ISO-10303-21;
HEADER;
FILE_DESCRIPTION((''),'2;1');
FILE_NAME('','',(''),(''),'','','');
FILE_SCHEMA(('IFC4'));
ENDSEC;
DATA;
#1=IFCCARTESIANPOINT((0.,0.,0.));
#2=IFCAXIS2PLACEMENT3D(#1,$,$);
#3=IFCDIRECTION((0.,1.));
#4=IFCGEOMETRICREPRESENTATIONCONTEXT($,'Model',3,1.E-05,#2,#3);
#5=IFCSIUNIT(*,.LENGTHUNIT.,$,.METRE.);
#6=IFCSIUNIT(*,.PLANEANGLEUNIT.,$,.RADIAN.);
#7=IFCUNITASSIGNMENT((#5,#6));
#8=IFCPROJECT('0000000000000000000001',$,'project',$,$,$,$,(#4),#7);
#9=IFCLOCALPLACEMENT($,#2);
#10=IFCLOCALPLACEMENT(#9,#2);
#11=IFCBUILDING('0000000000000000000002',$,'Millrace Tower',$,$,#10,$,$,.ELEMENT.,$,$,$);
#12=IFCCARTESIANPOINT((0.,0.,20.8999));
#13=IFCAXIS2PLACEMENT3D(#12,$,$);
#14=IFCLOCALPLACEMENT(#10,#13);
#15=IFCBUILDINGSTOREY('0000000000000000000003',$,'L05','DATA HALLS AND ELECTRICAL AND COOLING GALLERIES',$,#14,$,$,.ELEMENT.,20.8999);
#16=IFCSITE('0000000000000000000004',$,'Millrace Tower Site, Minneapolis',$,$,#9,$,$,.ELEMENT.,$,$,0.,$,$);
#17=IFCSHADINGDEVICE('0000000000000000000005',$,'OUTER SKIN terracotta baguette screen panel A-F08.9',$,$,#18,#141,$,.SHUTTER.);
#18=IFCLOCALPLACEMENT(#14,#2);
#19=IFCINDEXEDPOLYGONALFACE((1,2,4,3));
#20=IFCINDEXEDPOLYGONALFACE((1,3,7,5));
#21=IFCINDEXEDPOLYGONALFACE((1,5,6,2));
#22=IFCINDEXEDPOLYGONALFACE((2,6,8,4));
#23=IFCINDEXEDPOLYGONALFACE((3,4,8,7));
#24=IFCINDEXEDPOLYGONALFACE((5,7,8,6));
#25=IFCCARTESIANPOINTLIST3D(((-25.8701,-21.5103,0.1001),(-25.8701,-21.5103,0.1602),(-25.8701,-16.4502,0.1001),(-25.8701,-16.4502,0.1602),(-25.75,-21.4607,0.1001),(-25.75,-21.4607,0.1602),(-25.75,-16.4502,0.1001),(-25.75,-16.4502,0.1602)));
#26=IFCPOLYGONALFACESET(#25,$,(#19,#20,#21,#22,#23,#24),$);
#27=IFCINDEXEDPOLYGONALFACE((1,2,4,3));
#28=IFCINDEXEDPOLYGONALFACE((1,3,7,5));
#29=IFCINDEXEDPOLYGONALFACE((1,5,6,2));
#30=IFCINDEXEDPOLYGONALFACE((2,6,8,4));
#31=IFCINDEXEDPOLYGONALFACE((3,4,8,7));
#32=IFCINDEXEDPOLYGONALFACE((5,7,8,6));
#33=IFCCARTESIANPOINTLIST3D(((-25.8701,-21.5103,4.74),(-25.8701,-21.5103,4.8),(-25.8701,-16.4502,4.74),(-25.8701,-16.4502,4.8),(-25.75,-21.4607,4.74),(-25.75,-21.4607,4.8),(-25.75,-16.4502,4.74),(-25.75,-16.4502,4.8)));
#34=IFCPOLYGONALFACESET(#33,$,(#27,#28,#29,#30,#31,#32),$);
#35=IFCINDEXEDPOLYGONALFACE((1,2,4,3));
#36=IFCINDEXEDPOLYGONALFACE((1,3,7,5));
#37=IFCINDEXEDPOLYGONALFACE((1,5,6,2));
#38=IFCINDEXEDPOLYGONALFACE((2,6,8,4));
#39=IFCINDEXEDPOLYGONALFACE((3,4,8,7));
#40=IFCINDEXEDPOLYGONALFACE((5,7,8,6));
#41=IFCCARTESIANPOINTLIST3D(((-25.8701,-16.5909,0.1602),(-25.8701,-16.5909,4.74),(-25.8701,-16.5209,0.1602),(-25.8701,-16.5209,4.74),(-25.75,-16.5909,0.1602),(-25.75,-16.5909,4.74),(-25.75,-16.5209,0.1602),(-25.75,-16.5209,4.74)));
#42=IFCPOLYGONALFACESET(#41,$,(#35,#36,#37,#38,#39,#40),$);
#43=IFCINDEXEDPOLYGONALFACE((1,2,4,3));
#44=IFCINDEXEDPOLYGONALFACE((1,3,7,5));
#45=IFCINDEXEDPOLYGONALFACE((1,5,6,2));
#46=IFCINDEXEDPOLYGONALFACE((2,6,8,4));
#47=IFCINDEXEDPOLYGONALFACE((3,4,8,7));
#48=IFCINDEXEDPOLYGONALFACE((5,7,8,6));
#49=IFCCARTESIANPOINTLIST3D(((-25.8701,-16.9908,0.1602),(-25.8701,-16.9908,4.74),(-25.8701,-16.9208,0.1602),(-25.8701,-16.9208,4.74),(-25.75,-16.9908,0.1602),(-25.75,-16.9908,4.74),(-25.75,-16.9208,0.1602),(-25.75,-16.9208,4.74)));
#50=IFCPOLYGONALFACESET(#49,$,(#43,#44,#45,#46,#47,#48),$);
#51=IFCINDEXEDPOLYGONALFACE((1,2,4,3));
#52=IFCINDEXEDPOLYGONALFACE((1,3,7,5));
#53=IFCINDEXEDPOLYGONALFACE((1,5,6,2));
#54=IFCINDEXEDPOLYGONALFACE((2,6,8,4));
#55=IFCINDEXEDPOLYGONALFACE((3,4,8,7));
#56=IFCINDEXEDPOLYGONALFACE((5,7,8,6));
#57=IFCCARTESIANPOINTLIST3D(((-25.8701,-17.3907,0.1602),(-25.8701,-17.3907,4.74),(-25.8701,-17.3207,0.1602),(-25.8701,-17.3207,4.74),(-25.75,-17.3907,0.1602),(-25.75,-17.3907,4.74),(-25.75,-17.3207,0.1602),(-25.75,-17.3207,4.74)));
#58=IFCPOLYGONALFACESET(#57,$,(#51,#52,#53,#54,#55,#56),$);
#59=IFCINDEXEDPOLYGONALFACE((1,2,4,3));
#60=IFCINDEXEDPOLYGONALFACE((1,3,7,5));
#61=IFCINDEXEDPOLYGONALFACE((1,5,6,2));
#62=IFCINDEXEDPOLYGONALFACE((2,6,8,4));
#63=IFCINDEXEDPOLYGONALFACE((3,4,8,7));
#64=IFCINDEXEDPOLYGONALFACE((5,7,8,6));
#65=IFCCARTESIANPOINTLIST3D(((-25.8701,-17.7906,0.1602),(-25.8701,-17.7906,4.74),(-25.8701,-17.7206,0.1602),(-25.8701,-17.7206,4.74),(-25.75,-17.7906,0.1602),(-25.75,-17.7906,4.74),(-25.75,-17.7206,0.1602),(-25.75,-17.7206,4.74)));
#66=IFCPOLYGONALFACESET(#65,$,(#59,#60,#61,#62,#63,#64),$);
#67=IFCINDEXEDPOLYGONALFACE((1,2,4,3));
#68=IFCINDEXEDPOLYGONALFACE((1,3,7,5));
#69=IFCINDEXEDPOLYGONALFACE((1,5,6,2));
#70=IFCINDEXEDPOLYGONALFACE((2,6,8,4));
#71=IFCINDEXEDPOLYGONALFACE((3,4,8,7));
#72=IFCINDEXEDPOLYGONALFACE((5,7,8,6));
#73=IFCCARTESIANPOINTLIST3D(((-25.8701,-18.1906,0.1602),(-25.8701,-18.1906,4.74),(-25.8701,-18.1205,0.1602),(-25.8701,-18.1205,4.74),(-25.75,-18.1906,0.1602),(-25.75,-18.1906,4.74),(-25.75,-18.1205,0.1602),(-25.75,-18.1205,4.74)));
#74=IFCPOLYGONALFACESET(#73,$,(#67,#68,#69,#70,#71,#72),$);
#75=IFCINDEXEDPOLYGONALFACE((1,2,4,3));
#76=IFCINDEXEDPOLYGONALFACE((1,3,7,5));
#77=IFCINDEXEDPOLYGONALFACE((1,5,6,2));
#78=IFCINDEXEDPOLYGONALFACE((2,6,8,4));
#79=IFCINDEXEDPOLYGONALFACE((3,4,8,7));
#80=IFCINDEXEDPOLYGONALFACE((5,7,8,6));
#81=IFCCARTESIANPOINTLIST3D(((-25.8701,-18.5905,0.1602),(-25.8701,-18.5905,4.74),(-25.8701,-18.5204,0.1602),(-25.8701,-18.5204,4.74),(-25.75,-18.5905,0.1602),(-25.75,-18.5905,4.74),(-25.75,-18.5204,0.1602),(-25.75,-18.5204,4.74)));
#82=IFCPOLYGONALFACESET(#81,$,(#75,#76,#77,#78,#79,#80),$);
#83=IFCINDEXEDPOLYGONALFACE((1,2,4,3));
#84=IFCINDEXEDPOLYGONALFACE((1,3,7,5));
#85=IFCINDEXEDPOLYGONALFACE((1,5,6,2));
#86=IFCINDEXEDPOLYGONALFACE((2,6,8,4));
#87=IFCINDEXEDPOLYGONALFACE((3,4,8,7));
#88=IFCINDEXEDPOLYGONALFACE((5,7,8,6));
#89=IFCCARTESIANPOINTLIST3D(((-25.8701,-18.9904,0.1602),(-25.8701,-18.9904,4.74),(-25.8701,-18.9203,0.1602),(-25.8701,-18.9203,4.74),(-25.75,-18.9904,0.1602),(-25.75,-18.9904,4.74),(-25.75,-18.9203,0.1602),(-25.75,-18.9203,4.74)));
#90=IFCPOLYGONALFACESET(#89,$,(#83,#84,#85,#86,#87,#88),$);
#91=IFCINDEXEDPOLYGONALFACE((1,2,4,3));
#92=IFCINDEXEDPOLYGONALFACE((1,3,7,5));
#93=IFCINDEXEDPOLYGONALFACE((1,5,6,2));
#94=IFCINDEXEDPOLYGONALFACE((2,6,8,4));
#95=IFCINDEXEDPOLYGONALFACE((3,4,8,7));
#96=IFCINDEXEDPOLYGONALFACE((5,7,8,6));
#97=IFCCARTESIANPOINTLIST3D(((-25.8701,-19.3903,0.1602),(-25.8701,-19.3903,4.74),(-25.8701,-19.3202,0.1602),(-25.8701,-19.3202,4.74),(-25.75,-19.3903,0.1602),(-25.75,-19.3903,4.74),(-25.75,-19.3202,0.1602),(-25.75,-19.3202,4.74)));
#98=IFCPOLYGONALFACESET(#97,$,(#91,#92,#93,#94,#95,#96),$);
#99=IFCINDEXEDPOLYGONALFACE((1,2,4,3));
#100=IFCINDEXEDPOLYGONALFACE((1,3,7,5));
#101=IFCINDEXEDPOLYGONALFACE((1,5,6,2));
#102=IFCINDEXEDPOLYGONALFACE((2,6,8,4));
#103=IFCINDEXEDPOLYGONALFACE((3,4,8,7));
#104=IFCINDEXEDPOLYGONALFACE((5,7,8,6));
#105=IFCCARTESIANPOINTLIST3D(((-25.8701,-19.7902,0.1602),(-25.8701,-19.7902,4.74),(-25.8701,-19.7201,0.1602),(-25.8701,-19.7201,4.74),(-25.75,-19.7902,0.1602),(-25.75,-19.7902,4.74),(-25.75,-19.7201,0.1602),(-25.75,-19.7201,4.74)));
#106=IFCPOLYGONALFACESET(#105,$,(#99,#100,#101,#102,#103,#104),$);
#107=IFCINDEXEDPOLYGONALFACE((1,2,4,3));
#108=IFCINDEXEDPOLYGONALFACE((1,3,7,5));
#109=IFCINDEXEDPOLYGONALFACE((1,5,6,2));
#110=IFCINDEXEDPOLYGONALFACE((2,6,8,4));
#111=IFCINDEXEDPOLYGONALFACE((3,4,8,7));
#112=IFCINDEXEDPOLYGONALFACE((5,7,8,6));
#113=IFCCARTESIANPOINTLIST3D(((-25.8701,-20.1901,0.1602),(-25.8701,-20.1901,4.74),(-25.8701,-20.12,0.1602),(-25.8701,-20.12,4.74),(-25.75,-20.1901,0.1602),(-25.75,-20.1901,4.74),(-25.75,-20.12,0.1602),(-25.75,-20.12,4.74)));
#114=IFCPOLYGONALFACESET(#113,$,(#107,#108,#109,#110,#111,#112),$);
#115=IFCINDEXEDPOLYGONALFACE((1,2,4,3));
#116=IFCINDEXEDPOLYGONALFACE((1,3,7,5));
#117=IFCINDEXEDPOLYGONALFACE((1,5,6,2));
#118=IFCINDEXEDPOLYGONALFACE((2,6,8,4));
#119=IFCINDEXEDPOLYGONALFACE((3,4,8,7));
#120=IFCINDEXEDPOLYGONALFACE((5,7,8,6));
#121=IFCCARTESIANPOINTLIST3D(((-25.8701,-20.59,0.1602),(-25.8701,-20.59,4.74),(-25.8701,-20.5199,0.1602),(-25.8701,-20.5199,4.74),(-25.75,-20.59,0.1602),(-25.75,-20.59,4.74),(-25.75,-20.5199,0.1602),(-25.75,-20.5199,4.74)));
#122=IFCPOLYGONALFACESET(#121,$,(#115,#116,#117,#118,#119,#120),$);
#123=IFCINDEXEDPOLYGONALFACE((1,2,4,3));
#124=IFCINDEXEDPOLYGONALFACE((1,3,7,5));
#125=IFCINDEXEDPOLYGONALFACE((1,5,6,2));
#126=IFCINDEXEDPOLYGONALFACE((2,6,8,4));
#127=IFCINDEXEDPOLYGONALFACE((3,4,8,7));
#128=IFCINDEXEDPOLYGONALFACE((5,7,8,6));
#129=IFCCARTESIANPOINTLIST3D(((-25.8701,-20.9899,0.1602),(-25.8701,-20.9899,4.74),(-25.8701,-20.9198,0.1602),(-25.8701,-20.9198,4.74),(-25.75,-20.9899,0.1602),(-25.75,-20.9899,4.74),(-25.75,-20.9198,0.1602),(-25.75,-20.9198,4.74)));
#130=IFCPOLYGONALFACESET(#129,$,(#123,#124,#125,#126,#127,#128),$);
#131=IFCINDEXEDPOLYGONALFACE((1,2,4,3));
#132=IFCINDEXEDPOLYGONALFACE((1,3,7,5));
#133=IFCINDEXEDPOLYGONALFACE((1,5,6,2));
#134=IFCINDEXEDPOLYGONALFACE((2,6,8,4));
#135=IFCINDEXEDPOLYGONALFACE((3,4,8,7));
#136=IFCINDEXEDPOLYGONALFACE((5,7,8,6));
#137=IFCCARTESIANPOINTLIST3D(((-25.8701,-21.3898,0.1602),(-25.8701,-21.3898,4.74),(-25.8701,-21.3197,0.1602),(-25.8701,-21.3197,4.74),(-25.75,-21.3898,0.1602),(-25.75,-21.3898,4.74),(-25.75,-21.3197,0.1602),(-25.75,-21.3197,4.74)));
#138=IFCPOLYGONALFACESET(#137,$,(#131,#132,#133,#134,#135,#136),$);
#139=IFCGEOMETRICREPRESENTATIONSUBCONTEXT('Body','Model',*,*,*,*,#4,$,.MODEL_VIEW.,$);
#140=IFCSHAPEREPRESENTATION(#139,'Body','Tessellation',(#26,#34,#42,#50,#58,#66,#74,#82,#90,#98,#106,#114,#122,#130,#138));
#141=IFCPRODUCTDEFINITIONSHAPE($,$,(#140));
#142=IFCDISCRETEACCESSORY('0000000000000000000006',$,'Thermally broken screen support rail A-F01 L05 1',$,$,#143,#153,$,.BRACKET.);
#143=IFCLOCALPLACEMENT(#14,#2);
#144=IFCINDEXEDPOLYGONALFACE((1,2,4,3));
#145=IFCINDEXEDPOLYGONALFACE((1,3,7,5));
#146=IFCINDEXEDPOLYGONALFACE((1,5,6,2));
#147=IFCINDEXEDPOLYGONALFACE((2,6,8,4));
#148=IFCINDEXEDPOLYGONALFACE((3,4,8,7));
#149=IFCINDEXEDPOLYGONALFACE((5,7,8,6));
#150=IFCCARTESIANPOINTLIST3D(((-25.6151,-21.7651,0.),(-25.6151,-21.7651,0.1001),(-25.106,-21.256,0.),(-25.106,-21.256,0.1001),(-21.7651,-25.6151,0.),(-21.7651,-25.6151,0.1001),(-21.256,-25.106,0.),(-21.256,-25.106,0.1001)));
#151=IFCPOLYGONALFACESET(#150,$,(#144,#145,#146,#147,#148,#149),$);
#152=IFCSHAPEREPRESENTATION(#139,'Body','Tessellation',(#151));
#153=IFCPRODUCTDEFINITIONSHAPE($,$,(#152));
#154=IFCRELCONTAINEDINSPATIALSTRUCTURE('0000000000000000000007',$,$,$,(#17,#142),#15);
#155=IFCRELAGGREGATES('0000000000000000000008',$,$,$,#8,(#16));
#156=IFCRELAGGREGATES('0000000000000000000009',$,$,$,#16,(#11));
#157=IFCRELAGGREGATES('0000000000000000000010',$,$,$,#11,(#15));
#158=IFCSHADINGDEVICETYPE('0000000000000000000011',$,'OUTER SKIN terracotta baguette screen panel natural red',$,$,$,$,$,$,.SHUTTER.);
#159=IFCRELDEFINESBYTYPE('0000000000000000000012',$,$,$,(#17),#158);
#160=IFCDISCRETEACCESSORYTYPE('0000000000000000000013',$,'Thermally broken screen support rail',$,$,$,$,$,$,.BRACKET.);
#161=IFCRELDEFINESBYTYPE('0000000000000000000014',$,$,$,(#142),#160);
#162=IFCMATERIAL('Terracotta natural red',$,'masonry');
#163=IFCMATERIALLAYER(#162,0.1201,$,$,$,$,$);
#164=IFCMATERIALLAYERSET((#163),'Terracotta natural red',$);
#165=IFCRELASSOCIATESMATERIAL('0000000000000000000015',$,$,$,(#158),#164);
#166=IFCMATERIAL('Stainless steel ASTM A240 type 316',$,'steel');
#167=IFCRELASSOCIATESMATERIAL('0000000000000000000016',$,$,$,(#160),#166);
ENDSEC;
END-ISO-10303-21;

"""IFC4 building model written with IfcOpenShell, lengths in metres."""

from ifc_helpers import new_model, entity, si_unit, direction, frame, frame_2d, origin, origin_2d, place, context, subcontext, project, spatial, rectangle, extrude, source, transform, mapped, material, layer, layer_set, type_object, element, save


model = new_model("IFC4")

# Units and contexts
model_context = context("Model", 3, precision=1e-05, world=origin(), true_north=direction((0.0, 1.0)))
body_context = subcontext(model_context, "Body", "Model", "MODEL_VIEW")
ifc_project = project(units=[si_unit("LENGTHUNIT", "METRE"), si_unit("PLANEANGLEUNIT", "RADIAN")], contexts=[model_context])

# Site, building, storey
site_placement = place(None, origin())
site = spatial("IfcSite", under=ifc_project, at=site_placement, Name="Millrace Tower Site, Minneapolis", CompositionType="ELEMENT", RefElevation=0.0)
building_placement = place(site_placement, origin())
building = spatial("IfcBuilding", under=site, at=building_placement, Name="Millrace Tower", CompositionType="ELEMENT")
storey_placement = place(building_placement, frame((0.0, 0.0, 20.8999)))
storey = spatial("IfcBuildingStorey", under=building, at=storey_placement, Name="L05", Description="DATA HALLS AND ELECTRICAL AND COOLING GALLERIES", CompositionType="ELEMENT", Elevation=20.8999)

# Shading device
ifc_material_1 = material(Name="Terracotta natural red", Category="masonry")
ifc_layer_1 = layer(ifc_material_1, 0.1201)
ifc_layer_set_1 = layer_set([ifc_layer_1], Name="Terracotta natural red")
shading_device_type_1 = type_object("IfcShadingDeviceType", Name="OUTER SKIN terracotta baguette screen panel natural red", PredefinedType="SHUTTER", material=ifc_layer_set_1)
cartesian_point_1 = entity("IfcCartesianPoint", [-2.5176, 0.0601])
shared_polyline_1 = entity("IfcPolyline", [cartesian_point_1, entity("IfcCartesianPoint", [2.4929, 0.0601]), entity("IfcCartesianPoint", [2.5425, -0.0601]), entity("IfcCartesianPoint", [-2.5176, -0.0601]), cartesian_point_1])
shared_shape_1 = source(origin(), body_context, "Body", "SweptSolid", [
    entity("IfcExtrudedAreaSolid", entity("IfcArbitraryClosedProfileDef", "AREA", None, shared_polyline_1), entity("IfcAxis2Placement3D", entity("IfcCartesianPoint", [0.0, 0.0, 0.0])), entity("IfcDirection", [0.0, 0.0, 1.0]), 0.0601),
    entity("IfcExtrudedAreaSolid", entity("IfcArbitraryClosedProfileDef", "AREA", None, shared_polyline_1), entity("IfcAxis2Placement3D", entity("IfcCartesianPoint", [0.0, 0.0, 4.6399])), entity("IfcDirection", [0.0, 0.0, 1.0]), 0.0601),
    extrude(rectangle(XDim=0.0701, YDim=0.1201, at=frame_2d((-2.4119, 0.0))), frame((0.0, 0.0, 0.0601)), (0.0, 0.0, 1.0), 4.5798),
    extrude(rectangle(XDim=0.0701, YDim=0.1201, at=frame_2d((-2.012, 0.0))), frame((0.0, 0.0, 0.0601)), (0.0, 0.0, 1.0), 4.5798),
    extrude(rectangle(XDim=0.0701, YDim=0.1201, at=frame_2d((-1.6121, 0.0))), frame((0.0, 0.0, 0.0601)), (0.0, 0.0, 1.0), 4.5798),
    extrude(rectangle(XDim=0.0701, YDim=0.1201, at=frame_2d((-1.2122, 0.0))), frame((0.0, 0.0, 0.0601)), (0.0, 0.0, 1.0), 4.5798),
    extrude(rectangle(XDim=0.0701, YDim=0.1201, at=frame_2d((-0.8123, 0.0))), frame((0.0, 0.0, 0.0601)), (0.0, 0.0, 1.0), 4.5798),
    extrude(rectangle(XDim=0.0701, YDim=0.1201, at=frame_2d((-0.4124, 0.0))), frame((0.0, 0.0, 0.0601)), (0.0, 0.0, 1.0), 4.5798),
    extrude(rectangle(XDim=0.0701, YDim=0.1201, at=frame_2d((-0.0125, 0.0))), frame((0.0, 0.0, 0.0601)), (0.0, 0.0, 1.0), 4.5798),
    extrude(rectangle(XDim=0.0701, YDim=0.1201, at=frame_2d((0.3875, 0.0))), frame((0.0, 0.0, 0.0601)), (0.0, 0.0, 1.0), 4.5798),
    extrude(rectangle(XDim=0.0701, YDim=0.1201, at=frame_2d((0.7874, 0.0))), frame((0.0, 0.0, 0.0601)), (0.0, 0.0, 1.0), 4.5798),
    extrude(rectangle(XDim=0.0701, YDim=0.1201, at=frame_2d((1.1873, 0.0))), frame((0.0, 0.0, 0.0601)), (0.0, 0.0, 1.0), 4.5798),
    extrude(rectangle(XDim=0.0701, YDim=0.1201, at=frame_2d((1.5872, 0.0))), frame((0.0, 0.0, 0.0601)), (0.0, 0.0, 1.0), 4.5798),
    extrude(rectangle(XDim=0.0701, YDim=0.1201, at=frame_2d((1.9871, 0.0))), frame((0.0, 0.0, 0.0601)), (0.0, 0.0, 1.0), 4.5798),
    extrude(rectangle(XDim=0.0701, YDim=0.1201, at=frame_2d((2.387, 0.0))), frame((0.0, 0.0, 0.0601)), (0.0, 0.0, 1.0), 4.5798),
])
shading_device_1_placement = place(storey_placement, frame((-25.8101, -18.9678, 0.1001), z_axis=(0.0, 0.0, 1.0), x_axis=(0.0, -1.0, 0.0)))
element("IfcShadingDevice", 1, at=shading_device_1_placement, inside=storey, type_object=shading_device_type_1, Name="OUTER SKIN terracotta baguette screen panel A-F08.9", PredefinedType="SHUTTER", context=body_context, shape_type="MappedRepresentation", body=[
    mapped(shared_shape_1, transform((0.0, 0.0, 0.0), scale=1.0)),
])

# Discrete accessory
ifc_material_2 = material(Name="Stainless steel ASTM A240 type 316", Category="steel")
discrete_accessory_type = type_object("IfcDiscreteAccessoryType", Name="Thermally broken screen support rail", PredefinedType="BRACKET", material=ifc_material_2)
discrete_accessory_placement = place(storey_placement, frame((-23.4355, -23.4355, 0.0), z_axis=(0.0, 0.0, 1.0), x_axis=(0.707107, -0.707107, 0.0)))
element("IfcDiscreteAccessory", 2, at=discrete_accessory_placement, inside=storey, type_object=discrete_accessory_type, Name="Thermally broken screen support rail A-F01 L05 1", PredefinedType="BRACKET", context=body_context, shape_type="SweptSolid", body=[
    extrude(rectangle(XDim=5.4448, YDim=0.72, at=origin_2d()), origin(), (0.0, 0.0, 1.0), 0.1001),
])

save(model, "model.ifc")
